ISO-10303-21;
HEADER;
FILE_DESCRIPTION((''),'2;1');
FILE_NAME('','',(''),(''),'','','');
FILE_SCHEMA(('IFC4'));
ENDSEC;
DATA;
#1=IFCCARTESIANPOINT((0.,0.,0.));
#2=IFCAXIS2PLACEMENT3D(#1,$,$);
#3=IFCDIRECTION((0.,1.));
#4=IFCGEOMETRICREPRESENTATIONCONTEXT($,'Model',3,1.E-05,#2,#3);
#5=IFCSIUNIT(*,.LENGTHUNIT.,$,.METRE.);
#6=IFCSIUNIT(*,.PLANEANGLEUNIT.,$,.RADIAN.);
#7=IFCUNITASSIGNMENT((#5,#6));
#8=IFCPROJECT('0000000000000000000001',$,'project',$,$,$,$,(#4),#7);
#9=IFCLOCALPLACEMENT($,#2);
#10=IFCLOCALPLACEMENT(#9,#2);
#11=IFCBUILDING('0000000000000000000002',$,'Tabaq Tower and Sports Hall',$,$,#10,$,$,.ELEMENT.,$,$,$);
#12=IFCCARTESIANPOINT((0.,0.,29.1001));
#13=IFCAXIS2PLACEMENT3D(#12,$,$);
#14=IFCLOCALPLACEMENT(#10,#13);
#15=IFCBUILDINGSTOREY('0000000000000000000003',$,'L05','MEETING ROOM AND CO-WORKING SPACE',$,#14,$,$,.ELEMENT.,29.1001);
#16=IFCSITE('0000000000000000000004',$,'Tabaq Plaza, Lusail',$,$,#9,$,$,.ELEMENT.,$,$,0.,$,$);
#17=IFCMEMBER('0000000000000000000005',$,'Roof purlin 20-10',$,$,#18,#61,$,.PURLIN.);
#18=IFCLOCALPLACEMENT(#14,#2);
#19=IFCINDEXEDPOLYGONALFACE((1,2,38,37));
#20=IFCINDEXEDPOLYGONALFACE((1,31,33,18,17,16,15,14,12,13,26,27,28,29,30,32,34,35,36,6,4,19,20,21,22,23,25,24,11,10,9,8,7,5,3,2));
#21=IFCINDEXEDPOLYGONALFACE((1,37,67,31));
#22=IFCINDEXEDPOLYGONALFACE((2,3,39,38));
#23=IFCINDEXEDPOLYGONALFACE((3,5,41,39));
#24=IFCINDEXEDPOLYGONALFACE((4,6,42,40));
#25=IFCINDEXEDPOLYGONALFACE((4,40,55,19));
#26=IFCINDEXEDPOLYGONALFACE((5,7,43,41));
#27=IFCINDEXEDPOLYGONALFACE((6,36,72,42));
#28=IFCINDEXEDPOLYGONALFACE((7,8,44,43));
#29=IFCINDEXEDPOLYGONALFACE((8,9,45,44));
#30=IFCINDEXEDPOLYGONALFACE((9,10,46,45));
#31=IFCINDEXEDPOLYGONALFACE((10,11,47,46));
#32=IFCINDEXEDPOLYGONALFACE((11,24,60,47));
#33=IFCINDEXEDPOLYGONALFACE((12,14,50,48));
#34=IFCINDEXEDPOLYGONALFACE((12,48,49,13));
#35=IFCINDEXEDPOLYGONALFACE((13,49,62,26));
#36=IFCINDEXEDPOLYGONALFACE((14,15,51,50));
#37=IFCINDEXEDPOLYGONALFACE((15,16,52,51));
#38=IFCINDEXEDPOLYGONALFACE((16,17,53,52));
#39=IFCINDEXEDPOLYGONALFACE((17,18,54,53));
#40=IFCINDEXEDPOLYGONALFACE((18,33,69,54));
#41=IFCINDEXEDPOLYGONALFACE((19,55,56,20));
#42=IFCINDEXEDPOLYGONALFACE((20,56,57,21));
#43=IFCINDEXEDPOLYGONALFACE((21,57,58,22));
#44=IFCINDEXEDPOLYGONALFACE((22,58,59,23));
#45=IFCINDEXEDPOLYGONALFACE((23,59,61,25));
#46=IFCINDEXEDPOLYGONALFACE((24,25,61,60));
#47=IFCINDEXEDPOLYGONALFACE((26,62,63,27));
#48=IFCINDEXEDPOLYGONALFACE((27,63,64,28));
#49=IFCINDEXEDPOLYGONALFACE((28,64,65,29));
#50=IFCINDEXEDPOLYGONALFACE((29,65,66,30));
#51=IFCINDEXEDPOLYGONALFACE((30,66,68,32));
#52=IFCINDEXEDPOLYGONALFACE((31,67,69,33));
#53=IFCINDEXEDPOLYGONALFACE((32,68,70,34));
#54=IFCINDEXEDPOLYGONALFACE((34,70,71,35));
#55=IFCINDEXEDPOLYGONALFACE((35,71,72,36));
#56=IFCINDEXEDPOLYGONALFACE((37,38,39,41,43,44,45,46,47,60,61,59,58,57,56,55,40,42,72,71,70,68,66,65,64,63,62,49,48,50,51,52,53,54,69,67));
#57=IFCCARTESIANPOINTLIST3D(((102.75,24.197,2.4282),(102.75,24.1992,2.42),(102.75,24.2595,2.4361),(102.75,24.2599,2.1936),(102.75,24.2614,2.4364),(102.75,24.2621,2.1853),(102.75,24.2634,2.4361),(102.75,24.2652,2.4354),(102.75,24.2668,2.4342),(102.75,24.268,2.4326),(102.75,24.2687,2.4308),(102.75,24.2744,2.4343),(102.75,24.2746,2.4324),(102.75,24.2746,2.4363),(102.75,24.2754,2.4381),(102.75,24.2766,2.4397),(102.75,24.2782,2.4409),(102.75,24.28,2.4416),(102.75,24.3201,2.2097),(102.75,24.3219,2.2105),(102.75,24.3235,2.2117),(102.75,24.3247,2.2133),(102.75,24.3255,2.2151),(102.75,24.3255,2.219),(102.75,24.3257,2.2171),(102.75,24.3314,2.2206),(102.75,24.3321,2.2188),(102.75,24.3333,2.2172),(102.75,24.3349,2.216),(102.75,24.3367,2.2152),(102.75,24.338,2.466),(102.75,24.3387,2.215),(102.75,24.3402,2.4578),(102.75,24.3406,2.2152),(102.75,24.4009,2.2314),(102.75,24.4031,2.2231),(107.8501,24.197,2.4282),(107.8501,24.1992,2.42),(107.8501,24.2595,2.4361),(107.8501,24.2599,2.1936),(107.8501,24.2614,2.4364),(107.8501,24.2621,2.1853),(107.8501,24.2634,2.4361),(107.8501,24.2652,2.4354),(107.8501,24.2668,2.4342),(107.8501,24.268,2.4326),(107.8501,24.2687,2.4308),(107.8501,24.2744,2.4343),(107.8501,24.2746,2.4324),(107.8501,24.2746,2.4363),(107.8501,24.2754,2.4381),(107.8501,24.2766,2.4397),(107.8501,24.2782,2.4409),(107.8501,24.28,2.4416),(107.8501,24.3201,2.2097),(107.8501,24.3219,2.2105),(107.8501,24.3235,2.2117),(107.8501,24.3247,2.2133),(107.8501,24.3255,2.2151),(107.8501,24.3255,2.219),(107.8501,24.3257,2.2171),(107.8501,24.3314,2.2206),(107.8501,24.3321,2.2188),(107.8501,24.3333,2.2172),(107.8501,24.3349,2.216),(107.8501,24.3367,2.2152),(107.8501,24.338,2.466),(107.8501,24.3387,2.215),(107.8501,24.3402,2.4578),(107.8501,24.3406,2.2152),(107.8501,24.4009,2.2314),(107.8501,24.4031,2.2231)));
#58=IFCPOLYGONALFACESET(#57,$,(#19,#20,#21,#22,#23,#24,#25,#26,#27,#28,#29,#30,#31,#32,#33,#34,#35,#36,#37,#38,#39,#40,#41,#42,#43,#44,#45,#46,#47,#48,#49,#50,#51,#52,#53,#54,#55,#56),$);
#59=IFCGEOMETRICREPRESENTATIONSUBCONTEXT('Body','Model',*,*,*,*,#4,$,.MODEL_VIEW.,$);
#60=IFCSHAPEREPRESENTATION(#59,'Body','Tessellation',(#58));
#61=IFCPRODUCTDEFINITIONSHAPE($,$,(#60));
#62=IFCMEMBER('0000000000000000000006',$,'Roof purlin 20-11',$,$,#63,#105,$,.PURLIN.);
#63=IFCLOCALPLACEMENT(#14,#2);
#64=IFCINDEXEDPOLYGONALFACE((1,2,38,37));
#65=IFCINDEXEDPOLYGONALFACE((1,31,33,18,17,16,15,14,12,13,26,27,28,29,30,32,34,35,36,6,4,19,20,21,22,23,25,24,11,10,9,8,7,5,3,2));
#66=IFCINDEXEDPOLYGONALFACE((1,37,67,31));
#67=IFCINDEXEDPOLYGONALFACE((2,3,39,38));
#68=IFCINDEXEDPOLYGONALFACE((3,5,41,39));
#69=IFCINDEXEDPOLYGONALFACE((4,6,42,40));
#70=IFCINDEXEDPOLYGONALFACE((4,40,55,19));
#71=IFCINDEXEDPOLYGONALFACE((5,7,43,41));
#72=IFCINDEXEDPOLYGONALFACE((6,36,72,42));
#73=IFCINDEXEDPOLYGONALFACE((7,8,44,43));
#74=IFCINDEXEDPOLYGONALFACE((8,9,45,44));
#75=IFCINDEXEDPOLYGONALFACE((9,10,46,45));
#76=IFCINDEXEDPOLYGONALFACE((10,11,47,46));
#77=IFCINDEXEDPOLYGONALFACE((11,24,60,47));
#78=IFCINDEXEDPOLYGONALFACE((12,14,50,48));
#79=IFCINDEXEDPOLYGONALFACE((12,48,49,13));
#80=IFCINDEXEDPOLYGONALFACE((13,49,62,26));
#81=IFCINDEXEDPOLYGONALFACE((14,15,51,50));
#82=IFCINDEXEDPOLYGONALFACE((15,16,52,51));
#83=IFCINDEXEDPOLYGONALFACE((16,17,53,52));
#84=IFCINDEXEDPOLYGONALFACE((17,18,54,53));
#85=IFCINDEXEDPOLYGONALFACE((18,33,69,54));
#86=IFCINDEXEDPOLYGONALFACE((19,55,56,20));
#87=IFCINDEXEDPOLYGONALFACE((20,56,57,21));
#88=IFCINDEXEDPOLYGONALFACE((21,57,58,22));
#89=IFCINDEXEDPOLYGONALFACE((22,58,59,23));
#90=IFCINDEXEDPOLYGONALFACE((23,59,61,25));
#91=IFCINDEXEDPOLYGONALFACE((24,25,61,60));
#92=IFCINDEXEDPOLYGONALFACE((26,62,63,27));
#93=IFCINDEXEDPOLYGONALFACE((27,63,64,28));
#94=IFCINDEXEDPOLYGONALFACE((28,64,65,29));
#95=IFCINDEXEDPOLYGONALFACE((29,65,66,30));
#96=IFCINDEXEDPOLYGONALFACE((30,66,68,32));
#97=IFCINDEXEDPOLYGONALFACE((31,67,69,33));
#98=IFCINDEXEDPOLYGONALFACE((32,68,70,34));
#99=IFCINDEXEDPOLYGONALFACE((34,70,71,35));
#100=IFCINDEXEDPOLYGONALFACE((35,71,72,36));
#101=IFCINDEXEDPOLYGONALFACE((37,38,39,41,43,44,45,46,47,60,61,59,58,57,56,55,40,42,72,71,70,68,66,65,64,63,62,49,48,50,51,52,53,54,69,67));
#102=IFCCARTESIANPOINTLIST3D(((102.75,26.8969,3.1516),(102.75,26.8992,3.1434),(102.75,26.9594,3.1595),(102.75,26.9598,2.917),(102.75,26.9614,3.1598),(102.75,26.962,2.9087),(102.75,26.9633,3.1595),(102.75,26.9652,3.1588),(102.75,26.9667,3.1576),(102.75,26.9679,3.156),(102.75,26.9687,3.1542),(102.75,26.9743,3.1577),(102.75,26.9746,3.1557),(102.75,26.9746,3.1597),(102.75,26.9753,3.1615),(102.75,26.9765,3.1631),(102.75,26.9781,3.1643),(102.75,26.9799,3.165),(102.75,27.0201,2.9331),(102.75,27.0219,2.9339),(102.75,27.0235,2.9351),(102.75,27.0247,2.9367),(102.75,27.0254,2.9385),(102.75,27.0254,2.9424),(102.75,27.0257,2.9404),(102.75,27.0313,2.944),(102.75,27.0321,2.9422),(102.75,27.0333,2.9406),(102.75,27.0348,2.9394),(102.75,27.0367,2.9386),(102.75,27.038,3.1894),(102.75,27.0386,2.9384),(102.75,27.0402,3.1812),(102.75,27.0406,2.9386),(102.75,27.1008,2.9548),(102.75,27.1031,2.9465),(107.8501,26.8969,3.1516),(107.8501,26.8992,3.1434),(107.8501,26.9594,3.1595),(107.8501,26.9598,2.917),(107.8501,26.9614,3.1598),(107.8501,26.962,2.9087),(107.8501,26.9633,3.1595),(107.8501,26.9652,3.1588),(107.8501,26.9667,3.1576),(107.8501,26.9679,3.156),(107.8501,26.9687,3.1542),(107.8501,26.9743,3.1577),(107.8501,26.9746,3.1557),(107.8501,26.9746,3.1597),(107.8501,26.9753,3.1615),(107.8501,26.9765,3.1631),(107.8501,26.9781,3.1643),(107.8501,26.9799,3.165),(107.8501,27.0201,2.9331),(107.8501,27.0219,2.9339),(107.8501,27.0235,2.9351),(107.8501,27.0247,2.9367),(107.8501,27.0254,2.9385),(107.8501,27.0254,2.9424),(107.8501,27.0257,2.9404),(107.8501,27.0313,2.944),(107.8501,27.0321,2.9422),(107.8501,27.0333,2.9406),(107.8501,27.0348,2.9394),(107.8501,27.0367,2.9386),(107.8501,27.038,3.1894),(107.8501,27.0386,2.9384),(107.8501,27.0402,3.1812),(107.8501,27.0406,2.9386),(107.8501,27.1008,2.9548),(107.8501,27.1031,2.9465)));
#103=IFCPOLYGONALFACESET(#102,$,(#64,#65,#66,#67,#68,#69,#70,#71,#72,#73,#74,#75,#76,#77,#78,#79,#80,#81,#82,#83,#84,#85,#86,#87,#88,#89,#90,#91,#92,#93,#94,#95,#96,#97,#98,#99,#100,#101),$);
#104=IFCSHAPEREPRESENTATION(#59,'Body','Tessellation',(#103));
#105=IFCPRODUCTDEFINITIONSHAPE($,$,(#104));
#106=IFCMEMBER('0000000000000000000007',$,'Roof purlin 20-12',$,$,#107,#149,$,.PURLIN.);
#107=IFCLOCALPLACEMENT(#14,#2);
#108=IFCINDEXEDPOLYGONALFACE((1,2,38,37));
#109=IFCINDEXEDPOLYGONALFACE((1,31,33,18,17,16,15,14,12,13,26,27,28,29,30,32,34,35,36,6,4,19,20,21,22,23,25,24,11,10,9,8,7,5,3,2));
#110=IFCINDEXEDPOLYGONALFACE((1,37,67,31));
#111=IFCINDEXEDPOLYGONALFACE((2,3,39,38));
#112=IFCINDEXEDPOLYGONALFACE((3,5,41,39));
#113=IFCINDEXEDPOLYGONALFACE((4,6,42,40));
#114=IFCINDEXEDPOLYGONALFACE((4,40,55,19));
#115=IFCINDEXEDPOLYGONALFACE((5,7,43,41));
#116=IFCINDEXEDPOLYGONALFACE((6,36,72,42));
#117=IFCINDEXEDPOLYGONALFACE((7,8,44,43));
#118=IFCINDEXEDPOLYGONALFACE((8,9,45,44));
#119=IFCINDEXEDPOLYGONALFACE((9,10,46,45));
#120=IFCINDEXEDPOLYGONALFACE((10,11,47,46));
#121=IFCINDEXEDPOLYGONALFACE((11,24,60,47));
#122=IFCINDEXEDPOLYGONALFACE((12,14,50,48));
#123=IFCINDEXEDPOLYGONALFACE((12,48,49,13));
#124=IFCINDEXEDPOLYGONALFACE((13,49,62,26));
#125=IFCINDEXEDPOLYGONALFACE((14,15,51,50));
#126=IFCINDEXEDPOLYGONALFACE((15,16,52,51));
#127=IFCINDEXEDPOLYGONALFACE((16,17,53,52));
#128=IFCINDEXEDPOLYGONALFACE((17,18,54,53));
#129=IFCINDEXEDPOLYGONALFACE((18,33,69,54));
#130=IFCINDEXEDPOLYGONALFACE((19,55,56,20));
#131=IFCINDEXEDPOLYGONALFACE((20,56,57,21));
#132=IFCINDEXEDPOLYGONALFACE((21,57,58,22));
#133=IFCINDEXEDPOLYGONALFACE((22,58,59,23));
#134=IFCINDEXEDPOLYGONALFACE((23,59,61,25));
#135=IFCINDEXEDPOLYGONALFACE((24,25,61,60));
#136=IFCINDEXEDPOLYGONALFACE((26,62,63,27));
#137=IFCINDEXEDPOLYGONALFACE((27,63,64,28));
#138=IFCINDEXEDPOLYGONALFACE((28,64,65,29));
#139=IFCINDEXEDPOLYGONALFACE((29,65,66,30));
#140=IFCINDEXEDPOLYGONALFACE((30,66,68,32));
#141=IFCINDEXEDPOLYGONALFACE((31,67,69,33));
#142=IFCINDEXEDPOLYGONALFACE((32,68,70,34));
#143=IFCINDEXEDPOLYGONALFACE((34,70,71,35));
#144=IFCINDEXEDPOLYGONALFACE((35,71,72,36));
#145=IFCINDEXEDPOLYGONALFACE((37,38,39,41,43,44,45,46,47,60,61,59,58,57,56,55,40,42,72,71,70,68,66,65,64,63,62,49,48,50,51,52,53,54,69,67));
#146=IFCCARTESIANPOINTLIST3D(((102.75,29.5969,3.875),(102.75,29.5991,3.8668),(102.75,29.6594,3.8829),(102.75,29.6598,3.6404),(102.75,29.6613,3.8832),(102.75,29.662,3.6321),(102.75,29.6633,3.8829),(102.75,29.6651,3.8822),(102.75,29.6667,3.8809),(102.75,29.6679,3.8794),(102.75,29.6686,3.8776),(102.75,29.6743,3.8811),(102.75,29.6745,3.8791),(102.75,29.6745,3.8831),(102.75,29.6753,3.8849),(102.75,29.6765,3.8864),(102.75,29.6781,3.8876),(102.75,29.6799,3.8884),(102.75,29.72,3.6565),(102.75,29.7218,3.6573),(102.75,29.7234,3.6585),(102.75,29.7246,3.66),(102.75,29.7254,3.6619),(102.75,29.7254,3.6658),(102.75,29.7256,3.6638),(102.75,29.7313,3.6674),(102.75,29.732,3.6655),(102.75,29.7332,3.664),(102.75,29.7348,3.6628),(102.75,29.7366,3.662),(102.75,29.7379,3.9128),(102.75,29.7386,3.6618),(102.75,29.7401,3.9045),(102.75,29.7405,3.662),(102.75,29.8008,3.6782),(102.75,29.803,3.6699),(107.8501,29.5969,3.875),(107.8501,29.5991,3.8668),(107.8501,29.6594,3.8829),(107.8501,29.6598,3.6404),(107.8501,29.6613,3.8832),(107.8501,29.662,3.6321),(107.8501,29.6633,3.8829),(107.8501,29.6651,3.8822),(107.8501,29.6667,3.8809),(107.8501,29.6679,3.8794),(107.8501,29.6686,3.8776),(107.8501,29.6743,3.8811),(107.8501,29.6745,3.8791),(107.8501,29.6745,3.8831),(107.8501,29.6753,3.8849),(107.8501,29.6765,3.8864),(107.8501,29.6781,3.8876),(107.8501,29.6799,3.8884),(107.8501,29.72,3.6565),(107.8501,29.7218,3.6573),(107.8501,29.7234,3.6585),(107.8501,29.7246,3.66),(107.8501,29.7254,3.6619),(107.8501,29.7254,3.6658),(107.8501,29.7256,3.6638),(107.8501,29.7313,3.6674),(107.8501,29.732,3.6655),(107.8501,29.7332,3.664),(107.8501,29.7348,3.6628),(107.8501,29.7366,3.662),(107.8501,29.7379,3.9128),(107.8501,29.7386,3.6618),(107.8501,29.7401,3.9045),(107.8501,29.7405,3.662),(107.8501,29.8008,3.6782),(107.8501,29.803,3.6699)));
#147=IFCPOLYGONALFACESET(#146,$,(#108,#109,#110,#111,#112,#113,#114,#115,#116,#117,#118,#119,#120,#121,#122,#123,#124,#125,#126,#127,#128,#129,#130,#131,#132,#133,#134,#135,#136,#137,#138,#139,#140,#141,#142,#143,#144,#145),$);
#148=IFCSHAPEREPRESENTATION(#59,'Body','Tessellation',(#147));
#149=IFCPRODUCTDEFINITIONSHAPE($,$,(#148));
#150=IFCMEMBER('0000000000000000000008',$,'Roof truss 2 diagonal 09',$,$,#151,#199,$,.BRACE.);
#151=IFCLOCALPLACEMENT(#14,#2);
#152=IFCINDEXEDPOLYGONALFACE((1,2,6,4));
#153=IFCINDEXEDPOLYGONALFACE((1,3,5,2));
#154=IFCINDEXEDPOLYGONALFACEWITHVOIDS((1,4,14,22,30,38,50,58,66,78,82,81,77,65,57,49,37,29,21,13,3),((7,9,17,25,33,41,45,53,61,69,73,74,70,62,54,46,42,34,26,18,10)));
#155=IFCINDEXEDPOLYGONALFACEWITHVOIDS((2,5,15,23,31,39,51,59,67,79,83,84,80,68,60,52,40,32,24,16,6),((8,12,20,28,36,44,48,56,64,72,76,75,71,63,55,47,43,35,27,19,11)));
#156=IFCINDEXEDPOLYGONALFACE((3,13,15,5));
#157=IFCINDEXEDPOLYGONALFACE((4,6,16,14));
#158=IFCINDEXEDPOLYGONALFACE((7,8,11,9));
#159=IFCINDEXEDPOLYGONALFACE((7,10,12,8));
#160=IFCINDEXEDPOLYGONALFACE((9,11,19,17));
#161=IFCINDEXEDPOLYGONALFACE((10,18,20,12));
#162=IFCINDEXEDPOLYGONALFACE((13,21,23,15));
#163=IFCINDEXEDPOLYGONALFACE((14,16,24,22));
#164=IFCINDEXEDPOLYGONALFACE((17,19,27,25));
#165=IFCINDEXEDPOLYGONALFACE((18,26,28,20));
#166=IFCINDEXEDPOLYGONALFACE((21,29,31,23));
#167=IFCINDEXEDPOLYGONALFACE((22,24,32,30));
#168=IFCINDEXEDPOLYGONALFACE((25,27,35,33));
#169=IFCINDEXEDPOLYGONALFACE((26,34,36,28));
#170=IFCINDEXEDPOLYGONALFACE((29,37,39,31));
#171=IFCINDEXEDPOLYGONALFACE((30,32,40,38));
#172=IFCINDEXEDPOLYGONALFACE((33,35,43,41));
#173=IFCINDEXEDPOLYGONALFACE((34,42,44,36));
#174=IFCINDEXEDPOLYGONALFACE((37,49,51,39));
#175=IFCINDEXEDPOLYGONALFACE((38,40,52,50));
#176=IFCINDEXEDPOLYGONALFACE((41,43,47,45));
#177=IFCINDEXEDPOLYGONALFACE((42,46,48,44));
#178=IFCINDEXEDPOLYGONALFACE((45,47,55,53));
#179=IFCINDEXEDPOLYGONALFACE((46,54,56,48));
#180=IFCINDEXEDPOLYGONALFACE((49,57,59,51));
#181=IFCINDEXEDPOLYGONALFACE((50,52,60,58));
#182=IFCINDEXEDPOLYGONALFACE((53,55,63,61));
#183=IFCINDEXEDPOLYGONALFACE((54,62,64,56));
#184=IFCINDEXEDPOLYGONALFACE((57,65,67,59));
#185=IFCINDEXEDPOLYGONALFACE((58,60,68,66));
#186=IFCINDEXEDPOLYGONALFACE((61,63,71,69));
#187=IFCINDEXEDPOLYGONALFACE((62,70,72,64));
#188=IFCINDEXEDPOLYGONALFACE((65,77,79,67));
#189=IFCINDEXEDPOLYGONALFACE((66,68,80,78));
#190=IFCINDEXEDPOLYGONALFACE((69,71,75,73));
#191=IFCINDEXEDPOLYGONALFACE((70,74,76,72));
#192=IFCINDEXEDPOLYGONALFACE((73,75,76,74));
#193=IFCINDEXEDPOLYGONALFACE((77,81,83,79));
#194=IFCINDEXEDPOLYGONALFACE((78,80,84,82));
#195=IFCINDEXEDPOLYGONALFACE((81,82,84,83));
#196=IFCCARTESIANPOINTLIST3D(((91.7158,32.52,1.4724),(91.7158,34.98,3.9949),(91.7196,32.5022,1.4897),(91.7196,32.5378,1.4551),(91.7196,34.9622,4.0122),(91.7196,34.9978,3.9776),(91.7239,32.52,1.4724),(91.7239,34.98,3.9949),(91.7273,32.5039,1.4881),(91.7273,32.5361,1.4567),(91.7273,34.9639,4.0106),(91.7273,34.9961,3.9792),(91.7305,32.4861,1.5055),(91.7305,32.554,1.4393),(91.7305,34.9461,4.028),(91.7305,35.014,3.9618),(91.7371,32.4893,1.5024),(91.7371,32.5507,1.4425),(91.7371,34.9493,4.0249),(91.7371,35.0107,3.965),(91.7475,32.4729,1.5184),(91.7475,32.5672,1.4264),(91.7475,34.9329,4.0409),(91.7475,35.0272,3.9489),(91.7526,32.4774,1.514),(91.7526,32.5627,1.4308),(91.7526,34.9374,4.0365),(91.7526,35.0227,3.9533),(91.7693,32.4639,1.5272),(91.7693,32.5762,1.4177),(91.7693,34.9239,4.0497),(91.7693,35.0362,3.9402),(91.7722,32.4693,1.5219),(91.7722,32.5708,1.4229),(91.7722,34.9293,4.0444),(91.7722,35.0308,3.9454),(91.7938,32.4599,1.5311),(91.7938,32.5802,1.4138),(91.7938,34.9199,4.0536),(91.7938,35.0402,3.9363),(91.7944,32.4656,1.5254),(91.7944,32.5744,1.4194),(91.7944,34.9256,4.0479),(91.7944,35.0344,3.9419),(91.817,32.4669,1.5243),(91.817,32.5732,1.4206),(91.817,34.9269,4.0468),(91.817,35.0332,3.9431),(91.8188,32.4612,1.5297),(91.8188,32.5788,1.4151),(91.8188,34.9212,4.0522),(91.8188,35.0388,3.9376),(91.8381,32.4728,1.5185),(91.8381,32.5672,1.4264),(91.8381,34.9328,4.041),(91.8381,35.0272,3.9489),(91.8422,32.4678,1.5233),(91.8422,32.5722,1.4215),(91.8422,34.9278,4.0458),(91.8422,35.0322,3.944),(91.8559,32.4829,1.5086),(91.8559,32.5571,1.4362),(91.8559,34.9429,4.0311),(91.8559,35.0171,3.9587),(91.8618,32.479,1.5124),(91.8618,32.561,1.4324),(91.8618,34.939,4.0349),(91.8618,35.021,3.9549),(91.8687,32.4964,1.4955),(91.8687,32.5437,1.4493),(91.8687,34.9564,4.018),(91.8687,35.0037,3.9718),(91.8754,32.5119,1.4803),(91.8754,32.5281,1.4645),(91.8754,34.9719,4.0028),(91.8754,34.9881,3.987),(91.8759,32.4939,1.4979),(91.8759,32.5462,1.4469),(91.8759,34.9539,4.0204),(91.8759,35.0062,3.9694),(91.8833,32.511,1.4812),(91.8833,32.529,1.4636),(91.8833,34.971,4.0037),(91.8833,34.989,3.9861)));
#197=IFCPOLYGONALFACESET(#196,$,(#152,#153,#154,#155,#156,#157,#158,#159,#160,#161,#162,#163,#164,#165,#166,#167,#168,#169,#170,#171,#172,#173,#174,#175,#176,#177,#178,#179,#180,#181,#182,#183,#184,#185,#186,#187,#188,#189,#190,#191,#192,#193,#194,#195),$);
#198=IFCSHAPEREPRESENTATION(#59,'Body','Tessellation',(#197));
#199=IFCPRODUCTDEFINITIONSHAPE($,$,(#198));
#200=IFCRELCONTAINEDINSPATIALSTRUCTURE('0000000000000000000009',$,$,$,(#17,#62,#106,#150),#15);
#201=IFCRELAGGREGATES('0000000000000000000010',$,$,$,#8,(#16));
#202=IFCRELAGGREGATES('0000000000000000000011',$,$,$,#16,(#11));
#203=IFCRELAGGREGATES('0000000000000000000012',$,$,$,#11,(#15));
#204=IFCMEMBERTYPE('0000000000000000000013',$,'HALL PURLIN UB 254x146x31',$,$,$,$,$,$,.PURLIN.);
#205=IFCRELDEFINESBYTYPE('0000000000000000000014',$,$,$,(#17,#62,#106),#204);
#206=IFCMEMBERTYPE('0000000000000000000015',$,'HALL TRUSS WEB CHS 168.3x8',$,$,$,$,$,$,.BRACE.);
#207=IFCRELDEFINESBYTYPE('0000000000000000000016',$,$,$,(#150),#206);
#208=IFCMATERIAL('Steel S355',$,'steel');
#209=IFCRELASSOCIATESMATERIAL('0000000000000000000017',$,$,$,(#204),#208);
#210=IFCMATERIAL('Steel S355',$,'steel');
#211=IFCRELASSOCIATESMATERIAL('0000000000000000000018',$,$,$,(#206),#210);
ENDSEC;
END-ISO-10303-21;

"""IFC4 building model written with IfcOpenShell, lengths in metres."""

from ifc_helpers import new_model, si_unit, direction, frame, origin, origin_2d, place, context, subcontext, project, spatial, hollow_circle, i_section, extrude, material, material_profile, profile_set, type_object, element, save


model = new_model("IFC4")

# Units and contexts
model_context = context("Model", 3, precision=1e-05, world=origin(), true_north=direction((0.0, 1.0)))
body_context = subcontext(model_context, "Body", "Model", "MODEL_VIEW")
ifc_project = project(units=[si_unit("LENGTHUNIT", "METRE"), si_unit("PLANEANGLEUNIT", "RADIAN")], contexts=[model_context])

# Site, building, storey
site_placement = place(None, origin())
site = spatial("IfcSite", under=ifc_project, at=site_placement, Name="Tabaq Plaza, Lusail", CompositionType="ELEMENT", RefElevation=0.0)
building_placement = place(site_placement, origin())
building = spatial("IfcBuilding", under=site, at=building_placement, Name="Tabaq Tower and Sports Hall", CompositionType="ELEMENT")
storey_placement = place(building_placement, frame((0.0, 0.0, 29.1001)))
storey = spatial("IfcBuildingStorey", under=building, at=storey_placement, Name="L05", Description="MEETING ROOM AND CO-WORKING SPACE", CompositionType="ELEMENT", Elevation=29.1001)

# Members
ifc_material_1 = material(Name="Steel S355", Category="steel")
ifc_material_profile_1 = material_profile(ifc_material_1, i_section(OverallWidth=0.146, OverallDepth=0.2515, WebThickness=0.0061, FlangeThickness=0.0085, FilletRadius=0.0076, at=origin_2d()), Name="UB 254x146x31")
ifc_profile_set_1 = profile_set([ifc_material_profile_1], Name="Steel S355")
member_type_1 = type_object("IfcMemberType", Name="HALL PURLIN UB 254x146x31", PredefinedType="PURLIN", material=ifc_profile_set_1)
for number, where, z_axis, x_axis, name in (
    (1, (102.75, 24.3, 2.3257), (1.0, 0.0, 0.0), (0.0, 0.965926, 0.258819), "Roof purlin 20-10"),
    (2, (102.75, 27.0, 3.0491), (1.0, 0.0, 0.0), (0.0, 0.965926, 0.258819), "Roof purlin 20-11"),
    (3, (102.75, 29.7, 3.7725), (1.0, 0.0, 0.0), (0.0, 0.965926, 0.258819), "Roof purlin 20-12"),
):
    element("IfcMember", number, at=place(storey_placement, frame(where, z_axis=z_axis, x_axis=x_axis)), inside=storey, type_object=member_type_1, Name=name, PredefinedType="PURLIN", context=body_context, shape_type="SweptSolid", body=[
        extrude(i_section(OverallWidth=0.146, OverallDepth=0.2515, WebThickness=0.0061, FlangeThickness=0.0085, FilletRadius=0.0076, at=origin_2d()), origin(), (0.0, 0.0, 1.0), 5.1001),
    ])
ifc_material_2 = material(Name="Steel S355", Category="steel")
ifc_material_profile_2 = material_profile(ifc_material_2, hollow_circle(Radius=0.0842, WallThickness=0.0081, at=origin_2d()), Name="CHS 168.3x8")
ifc_profile_set_2 = profile_set([ifc_material_profile_2], Name="Steel S355")
member_type_2 = type_object("IfcMemberType", Name="HALL TRUSS WEB CHS 168.3x8", PredefinedType="BRACE", material=ifc_profile_set_2)
member_1_placement = place(storey_placement, frame((91.8, 32.52, 1.4724), z_axis=(0.0, 0.698182, 0.71592), x_axis=(-1.0, 0.0, 0.0)))
element("IfcMember", 4, at=member_1_placement, inside=storey, type_object=member_type_2, Name="Roof truss 2 diagonal 09", PredefinedType="BRACE", context=body_context, shape_type="SweptSolid", body=[
    extrude(hollow_circle(Radius=0.0842, WallThickness=0.0081, at=origin_2d()), origin(), (0.0, 0.0, 1.0), 3.5234),
])

save(model, "model.ifc")
